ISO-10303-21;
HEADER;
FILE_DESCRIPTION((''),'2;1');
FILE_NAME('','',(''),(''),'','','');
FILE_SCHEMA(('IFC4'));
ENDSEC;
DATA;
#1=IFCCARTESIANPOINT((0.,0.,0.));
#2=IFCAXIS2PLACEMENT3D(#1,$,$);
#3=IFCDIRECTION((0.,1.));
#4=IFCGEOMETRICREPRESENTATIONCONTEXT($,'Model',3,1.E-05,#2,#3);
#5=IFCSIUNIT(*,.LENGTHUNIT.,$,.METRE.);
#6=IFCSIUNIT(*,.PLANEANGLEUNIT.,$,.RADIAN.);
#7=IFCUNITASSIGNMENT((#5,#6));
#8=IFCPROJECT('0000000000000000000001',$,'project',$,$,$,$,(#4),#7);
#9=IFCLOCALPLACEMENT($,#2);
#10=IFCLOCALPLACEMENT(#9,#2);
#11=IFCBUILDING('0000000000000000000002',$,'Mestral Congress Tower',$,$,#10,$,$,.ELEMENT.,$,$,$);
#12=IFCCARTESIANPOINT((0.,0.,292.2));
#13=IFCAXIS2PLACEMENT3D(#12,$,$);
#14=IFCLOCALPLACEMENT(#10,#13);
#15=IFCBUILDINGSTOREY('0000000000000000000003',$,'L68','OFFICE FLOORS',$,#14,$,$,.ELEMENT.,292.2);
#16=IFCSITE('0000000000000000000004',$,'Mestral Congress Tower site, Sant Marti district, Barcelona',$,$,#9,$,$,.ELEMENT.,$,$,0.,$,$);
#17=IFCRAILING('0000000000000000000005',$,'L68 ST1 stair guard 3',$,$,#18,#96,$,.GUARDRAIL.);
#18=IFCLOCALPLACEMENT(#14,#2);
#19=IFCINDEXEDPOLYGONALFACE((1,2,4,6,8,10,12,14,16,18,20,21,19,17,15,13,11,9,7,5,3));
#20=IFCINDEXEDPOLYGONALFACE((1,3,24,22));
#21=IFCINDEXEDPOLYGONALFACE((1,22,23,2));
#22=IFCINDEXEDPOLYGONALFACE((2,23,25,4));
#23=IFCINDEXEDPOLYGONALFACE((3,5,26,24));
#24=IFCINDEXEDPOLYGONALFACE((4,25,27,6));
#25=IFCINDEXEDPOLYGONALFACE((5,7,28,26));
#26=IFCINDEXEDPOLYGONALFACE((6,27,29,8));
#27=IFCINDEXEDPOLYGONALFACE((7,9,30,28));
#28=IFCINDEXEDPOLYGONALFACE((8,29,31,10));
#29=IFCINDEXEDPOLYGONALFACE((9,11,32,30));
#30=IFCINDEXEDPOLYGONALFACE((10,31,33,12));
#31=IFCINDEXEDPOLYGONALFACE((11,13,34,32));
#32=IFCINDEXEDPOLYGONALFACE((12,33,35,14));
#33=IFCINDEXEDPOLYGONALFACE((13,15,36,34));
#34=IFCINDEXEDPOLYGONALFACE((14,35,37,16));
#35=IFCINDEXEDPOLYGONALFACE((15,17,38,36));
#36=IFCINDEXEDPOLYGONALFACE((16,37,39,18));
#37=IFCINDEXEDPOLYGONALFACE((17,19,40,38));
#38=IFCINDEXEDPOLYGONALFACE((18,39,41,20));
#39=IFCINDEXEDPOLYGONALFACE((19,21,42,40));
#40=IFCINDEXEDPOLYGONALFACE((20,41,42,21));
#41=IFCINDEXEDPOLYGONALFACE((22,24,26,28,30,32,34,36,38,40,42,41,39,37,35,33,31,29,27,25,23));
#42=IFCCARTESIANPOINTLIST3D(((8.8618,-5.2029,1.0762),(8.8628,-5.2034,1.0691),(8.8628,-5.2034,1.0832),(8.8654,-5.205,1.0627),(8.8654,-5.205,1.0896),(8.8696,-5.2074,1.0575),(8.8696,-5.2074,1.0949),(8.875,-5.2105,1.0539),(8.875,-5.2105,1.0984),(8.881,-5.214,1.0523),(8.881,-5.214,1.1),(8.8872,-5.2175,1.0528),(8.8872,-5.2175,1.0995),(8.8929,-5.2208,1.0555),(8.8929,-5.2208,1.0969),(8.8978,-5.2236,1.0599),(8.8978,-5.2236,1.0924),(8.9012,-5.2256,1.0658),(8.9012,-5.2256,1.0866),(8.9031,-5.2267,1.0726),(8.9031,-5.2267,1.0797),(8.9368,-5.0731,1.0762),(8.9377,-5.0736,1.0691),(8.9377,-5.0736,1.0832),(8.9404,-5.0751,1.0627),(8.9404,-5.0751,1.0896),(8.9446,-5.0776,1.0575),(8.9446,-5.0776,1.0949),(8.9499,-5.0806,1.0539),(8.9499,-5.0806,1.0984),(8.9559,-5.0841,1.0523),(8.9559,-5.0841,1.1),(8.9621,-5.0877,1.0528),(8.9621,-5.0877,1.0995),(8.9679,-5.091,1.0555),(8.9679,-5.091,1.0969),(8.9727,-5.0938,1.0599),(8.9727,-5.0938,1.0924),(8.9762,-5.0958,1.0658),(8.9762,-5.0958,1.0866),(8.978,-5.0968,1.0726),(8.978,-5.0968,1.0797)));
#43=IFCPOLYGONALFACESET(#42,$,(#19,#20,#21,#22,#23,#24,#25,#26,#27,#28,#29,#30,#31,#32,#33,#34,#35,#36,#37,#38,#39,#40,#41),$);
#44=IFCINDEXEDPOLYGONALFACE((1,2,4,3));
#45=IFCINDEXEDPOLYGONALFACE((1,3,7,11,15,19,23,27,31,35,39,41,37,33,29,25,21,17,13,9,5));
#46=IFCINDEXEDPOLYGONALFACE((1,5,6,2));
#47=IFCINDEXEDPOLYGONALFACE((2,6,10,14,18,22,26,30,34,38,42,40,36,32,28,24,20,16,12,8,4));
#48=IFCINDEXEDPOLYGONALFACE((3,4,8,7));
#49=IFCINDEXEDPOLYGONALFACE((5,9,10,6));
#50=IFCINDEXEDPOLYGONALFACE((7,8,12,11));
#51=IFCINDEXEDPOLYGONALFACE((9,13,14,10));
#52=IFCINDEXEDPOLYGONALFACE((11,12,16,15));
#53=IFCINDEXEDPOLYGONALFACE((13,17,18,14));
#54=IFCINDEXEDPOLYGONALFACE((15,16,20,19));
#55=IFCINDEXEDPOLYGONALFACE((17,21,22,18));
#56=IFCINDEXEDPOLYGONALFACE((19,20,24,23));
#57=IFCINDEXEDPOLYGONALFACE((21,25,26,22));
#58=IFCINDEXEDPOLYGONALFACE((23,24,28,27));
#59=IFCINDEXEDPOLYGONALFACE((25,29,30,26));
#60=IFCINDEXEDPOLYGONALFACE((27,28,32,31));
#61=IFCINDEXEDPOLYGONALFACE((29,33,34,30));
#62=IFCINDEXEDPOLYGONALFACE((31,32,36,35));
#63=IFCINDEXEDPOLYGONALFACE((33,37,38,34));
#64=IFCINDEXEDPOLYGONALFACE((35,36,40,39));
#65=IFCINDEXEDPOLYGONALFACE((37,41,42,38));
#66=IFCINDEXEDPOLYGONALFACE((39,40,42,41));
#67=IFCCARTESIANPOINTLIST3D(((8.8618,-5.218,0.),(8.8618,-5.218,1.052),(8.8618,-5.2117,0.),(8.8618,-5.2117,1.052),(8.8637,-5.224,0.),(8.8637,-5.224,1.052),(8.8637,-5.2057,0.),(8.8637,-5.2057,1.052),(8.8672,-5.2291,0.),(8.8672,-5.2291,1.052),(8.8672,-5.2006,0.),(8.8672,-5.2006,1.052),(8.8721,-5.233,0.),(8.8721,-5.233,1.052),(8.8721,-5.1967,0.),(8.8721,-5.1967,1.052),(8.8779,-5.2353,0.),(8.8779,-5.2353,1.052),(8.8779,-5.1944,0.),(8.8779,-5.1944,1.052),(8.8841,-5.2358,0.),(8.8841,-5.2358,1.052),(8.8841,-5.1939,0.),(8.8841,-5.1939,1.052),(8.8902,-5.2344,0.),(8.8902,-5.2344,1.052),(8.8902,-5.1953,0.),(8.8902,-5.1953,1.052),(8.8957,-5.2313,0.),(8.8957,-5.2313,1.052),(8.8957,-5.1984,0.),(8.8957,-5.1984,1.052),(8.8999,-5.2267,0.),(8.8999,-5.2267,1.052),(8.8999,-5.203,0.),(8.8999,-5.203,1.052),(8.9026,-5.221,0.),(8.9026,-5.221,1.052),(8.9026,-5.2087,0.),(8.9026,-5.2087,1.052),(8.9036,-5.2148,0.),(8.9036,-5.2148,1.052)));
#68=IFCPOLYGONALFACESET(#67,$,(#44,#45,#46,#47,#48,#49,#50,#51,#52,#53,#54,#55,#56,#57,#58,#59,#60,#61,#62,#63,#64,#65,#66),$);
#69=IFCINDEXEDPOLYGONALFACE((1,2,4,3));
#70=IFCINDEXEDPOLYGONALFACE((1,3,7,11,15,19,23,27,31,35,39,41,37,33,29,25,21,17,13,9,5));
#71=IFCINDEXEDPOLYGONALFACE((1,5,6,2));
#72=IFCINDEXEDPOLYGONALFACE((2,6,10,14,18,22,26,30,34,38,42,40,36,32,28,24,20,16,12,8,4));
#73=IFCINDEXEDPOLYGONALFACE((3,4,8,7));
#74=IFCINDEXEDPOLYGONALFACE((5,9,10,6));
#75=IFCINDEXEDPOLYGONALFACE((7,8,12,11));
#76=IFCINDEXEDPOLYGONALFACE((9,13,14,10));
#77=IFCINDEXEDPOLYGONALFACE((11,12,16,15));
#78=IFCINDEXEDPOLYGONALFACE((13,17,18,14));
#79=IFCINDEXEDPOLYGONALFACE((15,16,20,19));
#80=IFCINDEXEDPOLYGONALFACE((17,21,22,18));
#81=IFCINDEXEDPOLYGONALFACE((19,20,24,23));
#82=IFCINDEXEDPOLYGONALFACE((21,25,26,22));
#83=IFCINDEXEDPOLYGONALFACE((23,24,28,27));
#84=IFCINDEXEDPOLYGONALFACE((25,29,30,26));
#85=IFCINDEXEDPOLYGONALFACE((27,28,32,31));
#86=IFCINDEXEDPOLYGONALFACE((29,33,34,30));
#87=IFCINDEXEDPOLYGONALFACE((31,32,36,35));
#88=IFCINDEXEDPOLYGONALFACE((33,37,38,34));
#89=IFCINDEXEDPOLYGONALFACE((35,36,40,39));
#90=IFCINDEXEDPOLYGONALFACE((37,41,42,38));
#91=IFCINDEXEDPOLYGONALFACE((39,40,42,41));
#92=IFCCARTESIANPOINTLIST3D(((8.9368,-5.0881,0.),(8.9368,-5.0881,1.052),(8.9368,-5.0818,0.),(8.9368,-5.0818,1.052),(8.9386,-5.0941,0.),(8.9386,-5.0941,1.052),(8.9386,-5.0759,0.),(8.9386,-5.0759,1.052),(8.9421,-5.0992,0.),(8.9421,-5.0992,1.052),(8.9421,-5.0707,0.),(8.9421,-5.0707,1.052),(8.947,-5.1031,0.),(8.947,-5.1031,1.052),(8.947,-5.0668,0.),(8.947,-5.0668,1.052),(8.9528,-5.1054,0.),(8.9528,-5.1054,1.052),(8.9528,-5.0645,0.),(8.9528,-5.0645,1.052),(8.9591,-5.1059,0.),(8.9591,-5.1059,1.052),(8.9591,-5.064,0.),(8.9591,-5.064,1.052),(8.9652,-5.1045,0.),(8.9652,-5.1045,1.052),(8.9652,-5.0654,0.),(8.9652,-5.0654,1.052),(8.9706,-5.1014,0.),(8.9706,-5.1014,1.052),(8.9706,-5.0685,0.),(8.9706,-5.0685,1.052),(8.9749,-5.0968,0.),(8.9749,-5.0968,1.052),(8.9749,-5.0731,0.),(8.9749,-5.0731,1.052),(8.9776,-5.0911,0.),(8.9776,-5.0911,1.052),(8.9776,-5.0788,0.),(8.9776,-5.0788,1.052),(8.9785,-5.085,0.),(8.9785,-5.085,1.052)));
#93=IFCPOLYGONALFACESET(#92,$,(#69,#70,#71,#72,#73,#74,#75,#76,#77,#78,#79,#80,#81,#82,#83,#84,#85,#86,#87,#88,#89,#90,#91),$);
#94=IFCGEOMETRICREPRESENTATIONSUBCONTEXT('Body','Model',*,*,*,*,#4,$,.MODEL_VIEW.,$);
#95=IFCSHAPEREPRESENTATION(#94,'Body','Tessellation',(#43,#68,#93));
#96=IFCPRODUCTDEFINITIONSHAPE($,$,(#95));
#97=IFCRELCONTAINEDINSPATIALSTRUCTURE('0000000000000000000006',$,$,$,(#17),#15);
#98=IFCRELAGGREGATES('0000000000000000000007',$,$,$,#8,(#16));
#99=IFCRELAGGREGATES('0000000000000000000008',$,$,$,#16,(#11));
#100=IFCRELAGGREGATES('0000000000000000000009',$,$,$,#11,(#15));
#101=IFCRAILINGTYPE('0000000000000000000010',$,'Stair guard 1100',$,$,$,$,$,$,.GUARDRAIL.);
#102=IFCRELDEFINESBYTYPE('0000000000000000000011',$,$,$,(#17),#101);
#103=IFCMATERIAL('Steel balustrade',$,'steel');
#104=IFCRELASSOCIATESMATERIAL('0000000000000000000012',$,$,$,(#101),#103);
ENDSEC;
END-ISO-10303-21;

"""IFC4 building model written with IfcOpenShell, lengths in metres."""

from ifc_helpers import new_model, si_unit, direction, frame, origin, origin_2d, place, context, subcontext, project, spatial, circle, extrude, material, type_object, element, save


model = new_model("IFC4")

# Units and contexts
model_context = context("Model", 3, precision=1e-05, world=origin(), true_north=direction((0.0, 1.0)))
body_context = subcontext(model_context, "Body", "Model", "MODEL_VIEW")
ifc_project = project(units=[si_unit("LENGTHUNIT", "METRE"), si_unit("PLANEANGLEUNIT", "RADIAN")], contexts=[model_context])

# Site, building, storey
site_placement = place(None, origin())
site = spatial("IfcSite", under=ifc_project, at=site_placement, Name="Mestral Congress Tower site, Sant Marti district, Barcelona", CompositionType="ELEMENT", RefElevation=0.0)
building_placement = place(site_placement, origin())
building = spatial("IfcBuilding", under=site, at=building_placement, Name="Mestral Congress Tower", CompositionType="ELEMENT")
storey_placement = place(building_placement, frame((0.0, 0.0, 292.2)))
storey = spatial("IfcBuildingStorey", under=building, at=storey_placement, Name="L68", Description="OFFICE FLOORS", CompositionType="ELEMENT", Elevation=292.2)

# Railing
ifc_material_1 = material(Name="Steel balustrade", Category="steel")
railing_type_1 = type_object("IfcRailingType", Name="Stair guard 1100", PredefinedType="GUARDRAIL", material=ifc_material_1)
railing_1_placement = place(storey_placement, frame((8.8826, -5.2148, 0.0)))
element("IfcRailing", 1, at=railing_1_placement, inside=storey, type_object=railing_type_1, Name="L68 ST1 stair guard 3", PredefinedType="GUARDRAIL", context=body_context, shape_type="SweptSolid", body=[
    extrude(circle(Radius=0.0239, at=origin_2d()), frame((0.0, 0.0, 1.0762), z_axis=(0.499816, 0.866131, 0.0), x_axis=(-0.866131, 0.499816, 0.0)), (0.0, 0.0, 1.0), 0.1499),
    extrude(circle(Radius=0.021, at=origin_2d()), origin(), (0.0, 0.0, 1.0), 1.052),
    extrude(circle(Radius=0.021, at=origin_2d()), frame((0.075, 0.1299, 0.0)), (0.0, 0.0, 1.0), 1.052),
])

save(model, "model.ifc")
